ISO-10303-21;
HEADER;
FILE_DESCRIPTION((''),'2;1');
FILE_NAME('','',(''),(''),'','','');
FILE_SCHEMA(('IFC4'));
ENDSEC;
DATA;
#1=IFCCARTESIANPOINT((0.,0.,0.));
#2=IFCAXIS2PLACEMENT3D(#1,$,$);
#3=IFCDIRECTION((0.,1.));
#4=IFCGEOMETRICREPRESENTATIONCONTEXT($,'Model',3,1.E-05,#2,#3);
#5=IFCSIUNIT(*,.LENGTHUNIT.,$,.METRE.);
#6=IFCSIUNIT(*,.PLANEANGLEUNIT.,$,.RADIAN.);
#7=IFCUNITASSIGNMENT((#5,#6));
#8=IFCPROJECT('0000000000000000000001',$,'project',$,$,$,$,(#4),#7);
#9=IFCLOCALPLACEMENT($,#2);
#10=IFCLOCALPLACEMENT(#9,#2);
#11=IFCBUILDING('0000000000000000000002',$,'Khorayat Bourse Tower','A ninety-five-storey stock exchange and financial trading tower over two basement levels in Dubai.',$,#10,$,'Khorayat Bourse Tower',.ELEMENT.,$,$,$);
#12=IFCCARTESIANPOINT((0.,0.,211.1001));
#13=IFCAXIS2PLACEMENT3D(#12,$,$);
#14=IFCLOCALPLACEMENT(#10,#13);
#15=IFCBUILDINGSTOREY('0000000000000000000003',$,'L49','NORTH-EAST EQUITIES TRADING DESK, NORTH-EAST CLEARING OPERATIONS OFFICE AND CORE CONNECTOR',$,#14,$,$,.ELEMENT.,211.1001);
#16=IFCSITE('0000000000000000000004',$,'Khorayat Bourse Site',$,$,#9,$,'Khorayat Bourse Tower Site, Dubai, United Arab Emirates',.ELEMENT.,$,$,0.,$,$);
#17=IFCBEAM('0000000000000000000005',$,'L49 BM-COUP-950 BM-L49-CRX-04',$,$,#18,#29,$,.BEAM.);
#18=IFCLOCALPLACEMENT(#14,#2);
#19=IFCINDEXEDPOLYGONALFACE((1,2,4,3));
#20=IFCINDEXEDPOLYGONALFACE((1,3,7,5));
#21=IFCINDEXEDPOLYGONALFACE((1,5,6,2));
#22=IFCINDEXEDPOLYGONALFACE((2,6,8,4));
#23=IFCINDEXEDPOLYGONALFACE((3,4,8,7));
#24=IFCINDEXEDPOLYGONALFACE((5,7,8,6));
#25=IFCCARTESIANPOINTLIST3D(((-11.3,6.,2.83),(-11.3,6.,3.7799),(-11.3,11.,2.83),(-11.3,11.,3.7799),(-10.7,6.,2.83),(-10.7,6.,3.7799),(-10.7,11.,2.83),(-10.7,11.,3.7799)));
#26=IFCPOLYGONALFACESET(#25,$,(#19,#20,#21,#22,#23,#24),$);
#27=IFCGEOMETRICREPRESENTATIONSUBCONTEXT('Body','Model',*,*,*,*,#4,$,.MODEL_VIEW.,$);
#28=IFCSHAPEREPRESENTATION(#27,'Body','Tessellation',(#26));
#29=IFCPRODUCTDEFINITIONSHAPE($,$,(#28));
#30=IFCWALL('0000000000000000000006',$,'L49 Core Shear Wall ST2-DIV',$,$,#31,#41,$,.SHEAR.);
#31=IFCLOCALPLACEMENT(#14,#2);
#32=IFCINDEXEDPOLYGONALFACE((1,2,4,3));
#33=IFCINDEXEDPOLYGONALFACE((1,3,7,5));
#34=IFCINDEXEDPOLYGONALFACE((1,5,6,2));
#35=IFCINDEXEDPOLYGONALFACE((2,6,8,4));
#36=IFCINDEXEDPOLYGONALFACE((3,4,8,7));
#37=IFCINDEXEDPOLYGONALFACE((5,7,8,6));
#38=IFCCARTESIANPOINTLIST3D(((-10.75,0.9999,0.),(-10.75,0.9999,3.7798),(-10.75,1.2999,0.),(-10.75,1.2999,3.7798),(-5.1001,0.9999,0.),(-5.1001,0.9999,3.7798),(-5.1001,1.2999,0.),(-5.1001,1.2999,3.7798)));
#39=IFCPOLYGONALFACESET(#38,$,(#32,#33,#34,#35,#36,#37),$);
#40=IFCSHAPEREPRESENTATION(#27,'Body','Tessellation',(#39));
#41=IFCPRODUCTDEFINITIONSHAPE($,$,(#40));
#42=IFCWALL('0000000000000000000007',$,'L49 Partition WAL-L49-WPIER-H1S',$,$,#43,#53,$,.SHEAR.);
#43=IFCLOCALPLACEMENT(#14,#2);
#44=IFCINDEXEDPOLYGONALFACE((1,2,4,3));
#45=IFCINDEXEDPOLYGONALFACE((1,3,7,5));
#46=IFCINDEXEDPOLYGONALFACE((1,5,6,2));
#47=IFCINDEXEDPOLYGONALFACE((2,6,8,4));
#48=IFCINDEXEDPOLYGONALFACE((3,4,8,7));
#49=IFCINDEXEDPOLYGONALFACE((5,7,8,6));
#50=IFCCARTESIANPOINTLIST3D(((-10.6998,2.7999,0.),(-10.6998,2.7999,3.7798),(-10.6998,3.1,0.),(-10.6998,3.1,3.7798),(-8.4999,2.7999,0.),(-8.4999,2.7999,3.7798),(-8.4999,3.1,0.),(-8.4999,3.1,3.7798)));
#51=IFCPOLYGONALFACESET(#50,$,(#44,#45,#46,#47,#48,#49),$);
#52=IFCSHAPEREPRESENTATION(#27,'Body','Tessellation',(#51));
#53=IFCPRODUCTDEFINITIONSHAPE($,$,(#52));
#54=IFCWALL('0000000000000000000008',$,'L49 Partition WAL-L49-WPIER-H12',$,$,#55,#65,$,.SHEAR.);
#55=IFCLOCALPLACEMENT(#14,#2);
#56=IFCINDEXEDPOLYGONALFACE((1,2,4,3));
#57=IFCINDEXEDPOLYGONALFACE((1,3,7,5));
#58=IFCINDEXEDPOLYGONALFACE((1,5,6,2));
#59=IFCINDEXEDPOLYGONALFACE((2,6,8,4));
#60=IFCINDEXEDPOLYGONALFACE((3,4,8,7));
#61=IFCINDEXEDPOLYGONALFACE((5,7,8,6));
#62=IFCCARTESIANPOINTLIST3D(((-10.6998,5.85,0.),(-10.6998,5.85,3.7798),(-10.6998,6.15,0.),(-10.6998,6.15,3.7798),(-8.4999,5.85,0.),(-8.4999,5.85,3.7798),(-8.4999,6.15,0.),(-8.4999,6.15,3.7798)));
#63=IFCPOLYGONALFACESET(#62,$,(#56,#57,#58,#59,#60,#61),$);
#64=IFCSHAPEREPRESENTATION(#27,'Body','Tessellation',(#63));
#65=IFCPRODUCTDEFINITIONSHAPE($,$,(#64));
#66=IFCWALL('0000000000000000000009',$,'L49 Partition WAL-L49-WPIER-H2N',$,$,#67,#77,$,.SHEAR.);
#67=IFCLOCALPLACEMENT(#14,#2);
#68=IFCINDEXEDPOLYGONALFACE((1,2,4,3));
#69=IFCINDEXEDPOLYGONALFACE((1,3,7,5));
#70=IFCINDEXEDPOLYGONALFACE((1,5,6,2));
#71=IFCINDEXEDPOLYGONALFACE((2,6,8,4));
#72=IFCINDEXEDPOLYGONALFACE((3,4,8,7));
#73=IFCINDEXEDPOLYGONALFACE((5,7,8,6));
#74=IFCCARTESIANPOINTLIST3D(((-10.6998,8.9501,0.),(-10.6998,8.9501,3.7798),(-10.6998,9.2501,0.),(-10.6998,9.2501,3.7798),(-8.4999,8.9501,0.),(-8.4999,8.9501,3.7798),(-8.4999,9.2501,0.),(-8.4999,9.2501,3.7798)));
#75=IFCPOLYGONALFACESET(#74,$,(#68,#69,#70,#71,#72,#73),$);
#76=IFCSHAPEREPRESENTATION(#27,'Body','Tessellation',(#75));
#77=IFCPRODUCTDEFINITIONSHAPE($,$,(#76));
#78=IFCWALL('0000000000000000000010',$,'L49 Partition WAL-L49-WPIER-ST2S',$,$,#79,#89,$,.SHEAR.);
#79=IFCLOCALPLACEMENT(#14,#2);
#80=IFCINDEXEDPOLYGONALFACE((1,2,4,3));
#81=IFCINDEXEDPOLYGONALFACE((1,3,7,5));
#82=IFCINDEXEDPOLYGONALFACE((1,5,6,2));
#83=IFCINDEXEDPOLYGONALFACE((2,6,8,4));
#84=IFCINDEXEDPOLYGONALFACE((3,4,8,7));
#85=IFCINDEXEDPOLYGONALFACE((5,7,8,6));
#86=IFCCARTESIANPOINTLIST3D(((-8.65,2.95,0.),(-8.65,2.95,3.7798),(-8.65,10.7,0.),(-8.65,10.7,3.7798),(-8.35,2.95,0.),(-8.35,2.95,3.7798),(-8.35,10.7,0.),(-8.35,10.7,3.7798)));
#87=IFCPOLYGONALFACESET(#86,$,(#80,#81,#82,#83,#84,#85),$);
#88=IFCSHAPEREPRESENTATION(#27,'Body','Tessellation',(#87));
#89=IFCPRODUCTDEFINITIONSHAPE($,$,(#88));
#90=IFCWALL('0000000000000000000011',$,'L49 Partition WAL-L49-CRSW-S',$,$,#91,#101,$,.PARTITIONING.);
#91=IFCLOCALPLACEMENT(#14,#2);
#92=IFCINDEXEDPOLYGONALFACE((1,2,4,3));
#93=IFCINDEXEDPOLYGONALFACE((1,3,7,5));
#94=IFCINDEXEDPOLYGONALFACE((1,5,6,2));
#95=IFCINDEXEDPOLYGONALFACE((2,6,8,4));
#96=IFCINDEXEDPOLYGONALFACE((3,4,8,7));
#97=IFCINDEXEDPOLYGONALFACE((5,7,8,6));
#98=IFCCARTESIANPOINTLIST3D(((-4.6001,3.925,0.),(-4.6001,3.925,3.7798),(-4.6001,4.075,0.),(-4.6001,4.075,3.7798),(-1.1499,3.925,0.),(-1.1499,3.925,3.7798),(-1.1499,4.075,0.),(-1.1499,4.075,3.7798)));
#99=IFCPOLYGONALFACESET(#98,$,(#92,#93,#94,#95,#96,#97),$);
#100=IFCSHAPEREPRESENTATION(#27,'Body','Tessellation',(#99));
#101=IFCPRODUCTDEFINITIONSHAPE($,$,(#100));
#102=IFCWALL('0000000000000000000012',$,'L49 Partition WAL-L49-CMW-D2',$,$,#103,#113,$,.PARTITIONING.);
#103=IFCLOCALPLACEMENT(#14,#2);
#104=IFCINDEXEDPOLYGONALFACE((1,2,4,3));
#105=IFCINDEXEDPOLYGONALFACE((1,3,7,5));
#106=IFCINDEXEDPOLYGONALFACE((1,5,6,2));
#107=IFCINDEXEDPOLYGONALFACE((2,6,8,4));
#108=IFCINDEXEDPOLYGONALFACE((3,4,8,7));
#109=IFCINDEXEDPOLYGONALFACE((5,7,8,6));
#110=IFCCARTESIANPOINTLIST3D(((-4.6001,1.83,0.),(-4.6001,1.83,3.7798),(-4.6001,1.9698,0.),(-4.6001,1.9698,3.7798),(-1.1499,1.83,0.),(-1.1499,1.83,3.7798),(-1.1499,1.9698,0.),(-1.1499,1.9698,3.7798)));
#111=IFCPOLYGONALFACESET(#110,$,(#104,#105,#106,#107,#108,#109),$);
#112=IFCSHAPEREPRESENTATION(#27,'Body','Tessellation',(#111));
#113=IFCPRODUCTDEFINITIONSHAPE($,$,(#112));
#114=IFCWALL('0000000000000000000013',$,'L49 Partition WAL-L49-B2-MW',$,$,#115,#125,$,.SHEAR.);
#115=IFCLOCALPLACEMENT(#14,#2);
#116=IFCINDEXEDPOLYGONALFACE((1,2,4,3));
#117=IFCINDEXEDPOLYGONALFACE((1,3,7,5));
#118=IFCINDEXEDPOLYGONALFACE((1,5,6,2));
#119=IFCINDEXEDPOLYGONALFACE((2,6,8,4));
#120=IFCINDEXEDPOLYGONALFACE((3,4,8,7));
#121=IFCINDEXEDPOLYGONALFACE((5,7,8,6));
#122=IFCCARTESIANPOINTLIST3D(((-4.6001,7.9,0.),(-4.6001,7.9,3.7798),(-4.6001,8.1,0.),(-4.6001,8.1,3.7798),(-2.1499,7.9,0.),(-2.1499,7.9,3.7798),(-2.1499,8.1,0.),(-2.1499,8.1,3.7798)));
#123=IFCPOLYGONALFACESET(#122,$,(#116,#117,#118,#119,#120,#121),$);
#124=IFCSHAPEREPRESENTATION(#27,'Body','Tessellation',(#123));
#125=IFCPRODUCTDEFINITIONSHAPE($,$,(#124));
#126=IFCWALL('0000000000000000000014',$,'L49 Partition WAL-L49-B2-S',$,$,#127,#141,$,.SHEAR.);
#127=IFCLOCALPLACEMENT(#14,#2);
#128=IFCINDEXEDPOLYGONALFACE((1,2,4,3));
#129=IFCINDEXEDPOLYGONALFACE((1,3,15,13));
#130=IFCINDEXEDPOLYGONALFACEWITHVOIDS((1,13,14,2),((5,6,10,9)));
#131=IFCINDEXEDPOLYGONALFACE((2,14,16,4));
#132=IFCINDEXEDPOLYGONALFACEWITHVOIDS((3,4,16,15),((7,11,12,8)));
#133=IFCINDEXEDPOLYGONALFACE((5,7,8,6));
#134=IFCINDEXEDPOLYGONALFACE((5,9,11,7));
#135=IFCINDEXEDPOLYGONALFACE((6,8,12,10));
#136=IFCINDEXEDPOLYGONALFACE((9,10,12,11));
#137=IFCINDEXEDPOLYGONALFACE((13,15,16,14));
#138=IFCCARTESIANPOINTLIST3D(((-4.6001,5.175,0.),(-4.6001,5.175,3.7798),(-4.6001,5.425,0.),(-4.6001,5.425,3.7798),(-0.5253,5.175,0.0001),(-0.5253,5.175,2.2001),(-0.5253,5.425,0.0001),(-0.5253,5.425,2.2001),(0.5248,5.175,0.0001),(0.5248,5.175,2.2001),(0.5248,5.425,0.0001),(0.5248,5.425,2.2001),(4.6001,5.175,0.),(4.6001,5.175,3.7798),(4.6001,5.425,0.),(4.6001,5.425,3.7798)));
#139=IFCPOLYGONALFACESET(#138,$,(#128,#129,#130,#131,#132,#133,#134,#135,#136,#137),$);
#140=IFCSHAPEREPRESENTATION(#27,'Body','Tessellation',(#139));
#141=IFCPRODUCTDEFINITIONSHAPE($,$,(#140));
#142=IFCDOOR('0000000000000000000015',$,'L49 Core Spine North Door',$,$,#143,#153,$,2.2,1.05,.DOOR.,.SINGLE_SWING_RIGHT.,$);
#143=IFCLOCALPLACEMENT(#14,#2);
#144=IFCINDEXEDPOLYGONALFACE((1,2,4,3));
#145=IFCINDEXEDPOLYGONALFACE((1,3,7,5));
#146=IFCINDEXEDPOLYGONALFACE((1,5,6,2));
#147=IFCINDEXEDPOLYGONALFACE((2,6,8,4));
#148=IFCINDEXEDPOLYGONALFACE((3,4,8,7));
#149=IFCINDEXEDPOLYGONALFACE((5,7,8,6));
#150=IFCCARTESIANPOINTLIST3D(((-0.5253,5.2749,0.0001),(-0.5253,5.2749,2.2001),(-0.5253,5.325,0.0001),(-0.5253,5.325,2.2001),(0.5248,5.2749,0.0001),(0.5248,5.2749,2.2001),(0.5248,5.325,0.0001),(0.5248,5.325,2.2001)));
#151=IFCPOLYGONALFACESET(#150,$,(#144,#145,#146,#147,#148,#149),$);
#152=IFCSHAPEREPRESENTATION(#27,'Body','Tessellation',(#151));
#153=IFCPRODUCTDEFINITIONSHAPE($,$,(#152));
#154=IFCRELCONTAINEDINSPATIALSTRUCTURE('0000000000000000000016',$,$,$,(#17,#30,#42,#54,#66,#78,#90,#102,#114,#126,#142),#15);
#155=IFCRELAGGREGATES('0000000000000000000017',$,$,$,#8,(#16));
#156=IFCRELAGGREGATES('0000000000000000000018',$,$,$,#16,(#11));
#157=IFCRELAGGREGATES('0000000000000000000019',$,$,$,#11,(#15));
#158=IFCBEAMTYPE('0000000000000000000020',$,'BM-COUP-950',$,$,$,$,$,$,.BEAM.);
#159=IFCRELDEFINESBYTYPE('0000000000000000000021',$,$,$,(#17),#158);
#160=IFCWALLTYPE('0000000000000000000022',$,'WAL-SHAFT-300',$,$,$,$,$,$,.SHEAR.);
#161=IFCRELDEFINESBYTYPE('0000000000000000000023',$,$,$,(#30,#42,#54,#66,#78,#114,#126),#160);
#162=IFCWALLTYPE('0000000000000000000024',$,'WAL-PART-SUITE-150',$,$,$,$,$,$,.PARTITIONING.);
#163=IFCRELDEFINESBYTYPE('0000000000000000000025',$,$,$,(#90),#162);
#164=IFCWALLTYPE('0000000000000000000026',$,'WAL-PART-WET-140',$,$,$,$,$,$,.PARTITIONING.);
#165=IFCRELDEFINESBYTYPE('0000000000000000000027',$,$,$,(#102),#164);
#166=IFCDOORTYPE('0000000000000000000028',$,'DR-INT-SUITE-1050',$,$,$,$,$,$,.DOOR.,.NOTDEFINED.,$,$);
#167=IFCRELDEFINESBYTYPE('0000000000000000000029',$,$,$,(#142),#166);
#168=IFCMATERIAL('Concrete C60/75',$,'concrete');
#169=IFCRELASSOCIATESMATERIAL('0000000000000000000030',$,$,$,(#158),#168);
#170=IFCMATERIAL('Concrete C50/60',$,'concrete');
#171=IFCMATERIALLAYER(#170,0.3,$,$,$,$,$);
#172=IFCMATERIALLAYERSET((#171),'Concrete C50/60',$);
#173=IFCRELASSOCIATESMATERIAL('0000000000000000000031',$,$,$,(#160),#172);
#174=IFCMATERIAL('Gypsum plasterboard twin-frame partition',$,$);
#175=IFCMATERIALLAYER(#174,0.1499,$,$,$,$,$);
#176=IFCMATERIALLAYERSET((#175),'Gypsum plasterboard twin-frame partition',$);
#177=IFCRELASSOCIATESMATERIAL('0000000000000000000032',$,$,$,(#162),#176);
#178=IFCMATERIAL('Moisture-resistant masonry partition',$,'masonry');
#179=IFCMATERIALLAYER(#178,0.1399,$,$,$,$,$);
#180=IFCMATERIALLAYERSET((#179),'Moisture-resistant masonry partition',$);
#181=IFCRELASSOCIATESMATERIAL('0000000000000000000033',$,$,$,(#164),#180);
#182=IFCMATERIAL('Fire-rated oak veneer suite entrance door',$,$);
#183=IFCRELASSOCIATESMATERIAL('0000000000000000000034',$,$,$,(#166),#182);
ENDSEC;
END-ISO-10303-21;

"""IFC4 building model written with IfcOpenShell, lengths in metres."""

from ifc_helpers import new_model, si_unit, direction, frame, frame_2d, origin, origin_2d, place, context, subcontext, project, spatial, rectangle, extrude, source, transform, mapped, material, layer, layer_set, material_profile, profile_set, type_object, element, fill, save


model = new_model("IFC4")

# Units and contexts
model_context = context("Model", 3, precision=1e-05, world=origin(), true_north=direction((0.0, 1.0)))
body_context = subcontext(model_context, "Body", "Model", "MODEL_VIEW")
ifc_project = project(units=[si_unit("LENGTHUNIT", "METRE"), si_unit("PLANEANGLEUNIT", "RADIAN")], contexts=[model_context])

# Site, building, storey
site_placement = place(None, origin())
site = spatial("IfcSite", under=ifc_project, at=site_placement, Name="Khorayat Bourse Site", LongName="Khorayat Bourse Tower Site, Dubai, United Arab Emirates", CompositionType="ELEMENT", RefElevation=0.0)
building_placement = place(site_placement, origin())
building = spatial("IfcBuilding", under=site, at=building_placement, Name="Khorayat Bourse Tower", Description="A ninety-five-storey stock exchange and financial trading tower over two basement levels in Dubai.", LongName="Khorayat Bourse Tower", CompositionType="ELEMENT")
storey_placement = place(building_placement, frame((0.0, 0.0, 211.1001)))
storey = spatial("IfcBuildingStorey", under=building, at=storey_placement, Name="L49", Description="NORTH-EAST EQUITIES TRADING DESK, NORTH-EAST CLEARING OPERATIONS OFFICE AND CORE CONNECTOR", CompositionType="ELEMENT", Elevation=211.1001)

# Shared definitions
ifc_material_1 = material(Name="Concrete C60/75", Category="concrete")

# Beam
ifc_material_profile_1 = material_profile(ifc_material_1, rectangle(XDim=0.6001, YDim=0.95, at=origin_2d()), Name="RC 600x950")
ifc_profile_set_1 = profile_set([ifc_material_profile_1], Name="Concrete C60/75")
beam_type_1 = type_object("IfcBeamType", Name="BM-COUP-950", PredefinedType="BEAM", material=ifc_profile_set_1)
shared_shape_1 = source(origin(), body_context, "Body", "SweptSolid", [
    extrude(rectangle(XDim=0.6001, YDim=0.95, at=origin_2d()), origin(), (0.0, 0.0, 1.0), 5.0),
])
beam_1_placement = place(storey_placement, frame((-11.0, 6.0, 3.3049), z_axis=(0.0, 1.0, 0.0), x_axis=(-1.0, 0.0, 0.0)))
element("IfcBeam", 1, at=beam_1_placement, inside=storey, type_object=beam_type_1, Name="L49 BM-COUP-950 BM-L49-CRX-04", PredefinedType="BEAM", context=body_context, shape_type="MappedRepresentation", body=[
    mapped(shared_shape_1, transform((0.0, 0.0, 0.0), scale=1.0)),
])

# Walls
ifc_material_2 = material(Name="Concrete C50/60", Category="concrete")
ifc_layer_1 = layer(ifc_material_2, 0.3)
ifc_layer_set_1 = layer_set([ifc_layer_1], Name="Concrete C50/60")
wall_type_1 = type_object("IfcWallType", Name="WAL-SHAFT-300", PredefinedType="SHEAR", material=ifc_layer_set_1)
shared_shape_2 = source(origin(), body_context, "Body", "SweptSolid", [
    extrude(rectangle(XDim=5.6499, YDim=0.3, at=frame_2d((2.825, 0.0))), origin(), (0.0, 0.0, 1.0), 3.7798),
])
wall_1_placement = place(storey_placement, frame((-10.75, 1.1499, 0.0), z_axis=(0.0, 0.0, 1.0), x_axis=(1.0, 0.0, 0.0)))
element("IfcWall", 2, at=wall_1_placement, inside=storey, type_object=wall_type_1, Name="L49 Core Shear Wall ST2-DIV", PredefinedType="SHEAR", context=body_context, shape_type="MappedRepresentation", body=[
    mapped(shared_shape_2, transform((0.0, 0.0, 0.0), scale=1.0)),
])
shared_shape_3 = source(origin(), body_context, "Body", "SweptSolid", [
    extrude(rectangle(XDim=2.2, YDim=0.3, at=frame_2d((1.1001, 0.0))), origin(), (0.0, 0.0, 1.0), 3.7798),
])
for number, where, z_axis, x_axis, name in (
    (3, (-10.7, 2.95, 0.0), (0.0, 0.0, 1.0), (1.0, 0.0, 0.0), "L49 Partition WAL-L49-WPIER-H1S"),
    (4, (-10.7, 6.0, 0.0), (0.0, 0.0, 1.0), (1.0, 0.0, 0.0), "L49 Partition WAL-L49-WPIER-H12"),
    (5, (-10.7, 9.1001, 0.0), (0.0, 0.0, 1.0), (1.0, 0.0, 0.0), "L49 Partition WAL-L49-WPIER-H2N"),
):
    element("IfcWall", number, at=place(storey_placement, frame(where, z_axis=z_axis, x_axis=x_axis)), inside=storey, type_object=wall_type_1, Name=name, PredefinedType="SHEAR", context=body_context, shape_type="MappedRepresentation", body=[
        mapped(shared_shape_3, transform((0.0, 0.0, 0.0), scale=1.0)),
    ])
shared_shape_4 = source(origin(), body_context, "Body", "SweptSolid", [
    extrude(rectangle(XDim=7.75, YDim=0.3, at=frame_2d((3.875, 0.0))), origin(), (0.0, 0.0, 1.0), 3.7798),
])
wall_2_placement = place(storey_placement, frame((-8.5, 2.95, 0.0), z_axis=(0.0, 0.0, 1.0), x_axis=(0.0, 1.0, 0.0)))
element("IfcWall", 6, at=wall_2_placement, inside=storey, type_object=wall_type_1, Name="L49 Partition WAL-L49-WPIER-ST2S", PredefinedType="SHEAR", context=body_context, shape_type="MappedRepresentation", body=[
    mapped(shared_shape_4, transform((0.0, 0.0, 0.0), scale=1.0)),
])
ifc_material_3 = material(Name="Gypsum plasterboard twin-frame partition")
ifc_layer_2 = layer(ifc_material_3, 0.1499)
ifc_layer_set_2 = layer_set([ifc_layer_2], Name="Gypsum plasterboard twin-frame partition")
wall_type_2 = type_object("IfcWallType", Name="WAL-PART-SUITE-150", PredefinedType="PARTITIONING", material=ifc_layer_set_2)
shared_shape_5 = source(origin(), body_context, "Body", "SweptSolid", [
    extrude(rectangle(XDim=3.4502, YDim=0.1499, at=frame_2d((1.7251, 0.0))), origin(), (0.0, 0.0, 1.0), 3.7798),
])
wall_3_placement = place(storey_placement, frame((-4.6001, 4.0, 0.0), z_axis=(0.0, 0.0, 1.0), x_axis=(1.0, 0.0, 0.0)))
element("IfcWall", 7, at=wall_3_placement, inside=storey, type_object=wall_type_2, Name="L49 Partition WAL-L49-CRSW-S", PredefinedType="PARTITIONING", context=body_context, shape_type="MappedRepresentation", body=[
    mapped(shared_shape_5, transform((0.0, 0.0, 0.0), scale=1.0)),
])
ifc_material_4 = material(Name="Moisture-resistant masonry partition", Category="masonry")
ifc_layer_3 = layer(ifc_material_4, 0.1399)
ifc_layer_set_3 = layer_set([ifc_layer_3], Name="Moisture-resistant masonry partition")
wall_type_3 = type_object("IfcWallType", Name="WAL-PART-WET-140", PredefinedType="PARTITIONING", material=ifc_layer_set_3)
shared_shape_6 = source(origin(), body_context, "Body", "SweptSolid", [
    extrude(rectangle(XDim=3.4502, YDim=0.1399, at=frame_2d((1.7251, 0.0))), origin(), (0.0, 0.0, 1.0), 3.7798),
])
wall_4_placement = place(storey_placement, frame((-4.6001, 1.8999, 0.0), z_axis=(0.0, 0.0, 1.0), x_axis=(1.0, 0.0, 0.0)))
element("IfcWall", 8, at=wall_4_placement, inside=storey, type_object=wall_type_3, Name="L49 Partition WAL-L49-CMW-D2", PredefinedType="PARTITIONING", context=body_context, shape_type="MappedRepresentation", body=[
    mapped(shared_shape_6, transform((0.0, 0.0, 0.0), scale=1.0)),
])
shared_shape_7 = source(origin(), body_context, "Body", "SweptSolid", [
    extrude(rectangle(XDim=2.4502, YDim=0.2, at=frame_2d((1.2251, 0.0))), origin(), (0.0, 0.0, 1.0), 3.7798),
])
wall_5_placement = place(storey_placement, frame((-4.6001, 8.0, 0.0), z_axis=(0.0, 0.0, 1.0), x_axis=(1.0, 0.0, 0.0)))
element("IfcWall", 9, at=wall_5_placement, inside=storey, type_object=wall_type_1, Name="L49 Partition WAL-L49-B2-MW", PredefinedType="SHEAR", context=body_context, shape_type="MappedRepresentation", body=[
    mapped(shared_shape_7, transform((0.0, 0.0, 0.0), scale=1.0)),
])

# Wall, opening, door
shared_shape_8 = source(origin(), body_context, "Body", "SweptSolid", [
    extrude(rectangle(XDim=9.2002, YDim=0.25, at=frame_2d((4.6001, 0.0))), origin(), (0.0, 0.0, 1.0), 3.7798),
])
wall_6_placement = place(storey_placement, frame((-4.6001, 5.3, 0.0), z_axis=(0.0, 0.0, 1.0), x_axis=(1.0, 0.0, 0.0)))
wall_6 = element("IfcWall", 10, at=wall_6_placement, inside=storey, type_object=wall_type_1, Name="L49 Partition WAL-L49-B2-S", PredefinedType="SHEAR", context=body_context, shape_type="MappedRepresentation", body=[
    mapped(shared_shape_8, transform((0.0, 0.0, 0.0), scale=1.0)),
])
shared_shape_9 = source(origin(), body_context, "Body", "SweptSolid", [
    extrude(rectangle(XDim=1.05, YDim=2.2, at=frame_2d((0.5249, 1.1001))), frame((0.0, 0.135, 0.0), z_axis=(0.0, -1.0, 0.0), x_axis=(1.0, 0.0, 0.0)), (0.0, 0.0, 1.0), 0.27),
])
opening_placement = place(wall_6_placement, frame((4.075, 0.0, 0.0)))
opening = element("IfcOpeningElement", 11, at=opening_placement, cuts=wall_6, PredefinedType="OPENING", context=body_context, shape_type="MappedRepresentation", body=[
    mapped(shared_shape_9, transform((0.0, 0.0, 0.0), scale=1.0)),
])
ifc_material_5 = material(Name="Fire-rated oak veneer suite entrance door")
door_type = type_object("IfcDoorType", Name="DR-INT-SUITE-1050", OperationType="NOTDEFINED", PredefinedType="DOOR", material=ifc_material_5)
shared_shape_10 = source(origin(), body_context, "Body", "SweptSolid", [
    extrude(rectangle(XDim=1.05, YDim=2.2, at=frame_2d((0.5249, 1.1001))), frame((0.0, 0.0249, 0.0), z_axis=(0.0, -1.0, 0.0), x_axis=(1.0, 0.0, 0.0)), (0.0, 0.0, 1.0), 0.05),
])
door_placement = place(opening_placement, origin())
door = element("IfcDoor", 12, at=door_placement, inside=storey, type_object=door_type, Name="L49 Core Spine North Door", OperationType="SINGLE_SWING_RIGHT", OverallHeight=2.2, OverallWidth=1.05, PredefinedType="DOOR", context=body_context, shape_type="MappedRepresentation", body=[
    mapped(shared_shape_10, transform((0.0, 0.0, 0.0), scale=1.0)),
])
fill(opening, door)

save(model, "model.ifc")
